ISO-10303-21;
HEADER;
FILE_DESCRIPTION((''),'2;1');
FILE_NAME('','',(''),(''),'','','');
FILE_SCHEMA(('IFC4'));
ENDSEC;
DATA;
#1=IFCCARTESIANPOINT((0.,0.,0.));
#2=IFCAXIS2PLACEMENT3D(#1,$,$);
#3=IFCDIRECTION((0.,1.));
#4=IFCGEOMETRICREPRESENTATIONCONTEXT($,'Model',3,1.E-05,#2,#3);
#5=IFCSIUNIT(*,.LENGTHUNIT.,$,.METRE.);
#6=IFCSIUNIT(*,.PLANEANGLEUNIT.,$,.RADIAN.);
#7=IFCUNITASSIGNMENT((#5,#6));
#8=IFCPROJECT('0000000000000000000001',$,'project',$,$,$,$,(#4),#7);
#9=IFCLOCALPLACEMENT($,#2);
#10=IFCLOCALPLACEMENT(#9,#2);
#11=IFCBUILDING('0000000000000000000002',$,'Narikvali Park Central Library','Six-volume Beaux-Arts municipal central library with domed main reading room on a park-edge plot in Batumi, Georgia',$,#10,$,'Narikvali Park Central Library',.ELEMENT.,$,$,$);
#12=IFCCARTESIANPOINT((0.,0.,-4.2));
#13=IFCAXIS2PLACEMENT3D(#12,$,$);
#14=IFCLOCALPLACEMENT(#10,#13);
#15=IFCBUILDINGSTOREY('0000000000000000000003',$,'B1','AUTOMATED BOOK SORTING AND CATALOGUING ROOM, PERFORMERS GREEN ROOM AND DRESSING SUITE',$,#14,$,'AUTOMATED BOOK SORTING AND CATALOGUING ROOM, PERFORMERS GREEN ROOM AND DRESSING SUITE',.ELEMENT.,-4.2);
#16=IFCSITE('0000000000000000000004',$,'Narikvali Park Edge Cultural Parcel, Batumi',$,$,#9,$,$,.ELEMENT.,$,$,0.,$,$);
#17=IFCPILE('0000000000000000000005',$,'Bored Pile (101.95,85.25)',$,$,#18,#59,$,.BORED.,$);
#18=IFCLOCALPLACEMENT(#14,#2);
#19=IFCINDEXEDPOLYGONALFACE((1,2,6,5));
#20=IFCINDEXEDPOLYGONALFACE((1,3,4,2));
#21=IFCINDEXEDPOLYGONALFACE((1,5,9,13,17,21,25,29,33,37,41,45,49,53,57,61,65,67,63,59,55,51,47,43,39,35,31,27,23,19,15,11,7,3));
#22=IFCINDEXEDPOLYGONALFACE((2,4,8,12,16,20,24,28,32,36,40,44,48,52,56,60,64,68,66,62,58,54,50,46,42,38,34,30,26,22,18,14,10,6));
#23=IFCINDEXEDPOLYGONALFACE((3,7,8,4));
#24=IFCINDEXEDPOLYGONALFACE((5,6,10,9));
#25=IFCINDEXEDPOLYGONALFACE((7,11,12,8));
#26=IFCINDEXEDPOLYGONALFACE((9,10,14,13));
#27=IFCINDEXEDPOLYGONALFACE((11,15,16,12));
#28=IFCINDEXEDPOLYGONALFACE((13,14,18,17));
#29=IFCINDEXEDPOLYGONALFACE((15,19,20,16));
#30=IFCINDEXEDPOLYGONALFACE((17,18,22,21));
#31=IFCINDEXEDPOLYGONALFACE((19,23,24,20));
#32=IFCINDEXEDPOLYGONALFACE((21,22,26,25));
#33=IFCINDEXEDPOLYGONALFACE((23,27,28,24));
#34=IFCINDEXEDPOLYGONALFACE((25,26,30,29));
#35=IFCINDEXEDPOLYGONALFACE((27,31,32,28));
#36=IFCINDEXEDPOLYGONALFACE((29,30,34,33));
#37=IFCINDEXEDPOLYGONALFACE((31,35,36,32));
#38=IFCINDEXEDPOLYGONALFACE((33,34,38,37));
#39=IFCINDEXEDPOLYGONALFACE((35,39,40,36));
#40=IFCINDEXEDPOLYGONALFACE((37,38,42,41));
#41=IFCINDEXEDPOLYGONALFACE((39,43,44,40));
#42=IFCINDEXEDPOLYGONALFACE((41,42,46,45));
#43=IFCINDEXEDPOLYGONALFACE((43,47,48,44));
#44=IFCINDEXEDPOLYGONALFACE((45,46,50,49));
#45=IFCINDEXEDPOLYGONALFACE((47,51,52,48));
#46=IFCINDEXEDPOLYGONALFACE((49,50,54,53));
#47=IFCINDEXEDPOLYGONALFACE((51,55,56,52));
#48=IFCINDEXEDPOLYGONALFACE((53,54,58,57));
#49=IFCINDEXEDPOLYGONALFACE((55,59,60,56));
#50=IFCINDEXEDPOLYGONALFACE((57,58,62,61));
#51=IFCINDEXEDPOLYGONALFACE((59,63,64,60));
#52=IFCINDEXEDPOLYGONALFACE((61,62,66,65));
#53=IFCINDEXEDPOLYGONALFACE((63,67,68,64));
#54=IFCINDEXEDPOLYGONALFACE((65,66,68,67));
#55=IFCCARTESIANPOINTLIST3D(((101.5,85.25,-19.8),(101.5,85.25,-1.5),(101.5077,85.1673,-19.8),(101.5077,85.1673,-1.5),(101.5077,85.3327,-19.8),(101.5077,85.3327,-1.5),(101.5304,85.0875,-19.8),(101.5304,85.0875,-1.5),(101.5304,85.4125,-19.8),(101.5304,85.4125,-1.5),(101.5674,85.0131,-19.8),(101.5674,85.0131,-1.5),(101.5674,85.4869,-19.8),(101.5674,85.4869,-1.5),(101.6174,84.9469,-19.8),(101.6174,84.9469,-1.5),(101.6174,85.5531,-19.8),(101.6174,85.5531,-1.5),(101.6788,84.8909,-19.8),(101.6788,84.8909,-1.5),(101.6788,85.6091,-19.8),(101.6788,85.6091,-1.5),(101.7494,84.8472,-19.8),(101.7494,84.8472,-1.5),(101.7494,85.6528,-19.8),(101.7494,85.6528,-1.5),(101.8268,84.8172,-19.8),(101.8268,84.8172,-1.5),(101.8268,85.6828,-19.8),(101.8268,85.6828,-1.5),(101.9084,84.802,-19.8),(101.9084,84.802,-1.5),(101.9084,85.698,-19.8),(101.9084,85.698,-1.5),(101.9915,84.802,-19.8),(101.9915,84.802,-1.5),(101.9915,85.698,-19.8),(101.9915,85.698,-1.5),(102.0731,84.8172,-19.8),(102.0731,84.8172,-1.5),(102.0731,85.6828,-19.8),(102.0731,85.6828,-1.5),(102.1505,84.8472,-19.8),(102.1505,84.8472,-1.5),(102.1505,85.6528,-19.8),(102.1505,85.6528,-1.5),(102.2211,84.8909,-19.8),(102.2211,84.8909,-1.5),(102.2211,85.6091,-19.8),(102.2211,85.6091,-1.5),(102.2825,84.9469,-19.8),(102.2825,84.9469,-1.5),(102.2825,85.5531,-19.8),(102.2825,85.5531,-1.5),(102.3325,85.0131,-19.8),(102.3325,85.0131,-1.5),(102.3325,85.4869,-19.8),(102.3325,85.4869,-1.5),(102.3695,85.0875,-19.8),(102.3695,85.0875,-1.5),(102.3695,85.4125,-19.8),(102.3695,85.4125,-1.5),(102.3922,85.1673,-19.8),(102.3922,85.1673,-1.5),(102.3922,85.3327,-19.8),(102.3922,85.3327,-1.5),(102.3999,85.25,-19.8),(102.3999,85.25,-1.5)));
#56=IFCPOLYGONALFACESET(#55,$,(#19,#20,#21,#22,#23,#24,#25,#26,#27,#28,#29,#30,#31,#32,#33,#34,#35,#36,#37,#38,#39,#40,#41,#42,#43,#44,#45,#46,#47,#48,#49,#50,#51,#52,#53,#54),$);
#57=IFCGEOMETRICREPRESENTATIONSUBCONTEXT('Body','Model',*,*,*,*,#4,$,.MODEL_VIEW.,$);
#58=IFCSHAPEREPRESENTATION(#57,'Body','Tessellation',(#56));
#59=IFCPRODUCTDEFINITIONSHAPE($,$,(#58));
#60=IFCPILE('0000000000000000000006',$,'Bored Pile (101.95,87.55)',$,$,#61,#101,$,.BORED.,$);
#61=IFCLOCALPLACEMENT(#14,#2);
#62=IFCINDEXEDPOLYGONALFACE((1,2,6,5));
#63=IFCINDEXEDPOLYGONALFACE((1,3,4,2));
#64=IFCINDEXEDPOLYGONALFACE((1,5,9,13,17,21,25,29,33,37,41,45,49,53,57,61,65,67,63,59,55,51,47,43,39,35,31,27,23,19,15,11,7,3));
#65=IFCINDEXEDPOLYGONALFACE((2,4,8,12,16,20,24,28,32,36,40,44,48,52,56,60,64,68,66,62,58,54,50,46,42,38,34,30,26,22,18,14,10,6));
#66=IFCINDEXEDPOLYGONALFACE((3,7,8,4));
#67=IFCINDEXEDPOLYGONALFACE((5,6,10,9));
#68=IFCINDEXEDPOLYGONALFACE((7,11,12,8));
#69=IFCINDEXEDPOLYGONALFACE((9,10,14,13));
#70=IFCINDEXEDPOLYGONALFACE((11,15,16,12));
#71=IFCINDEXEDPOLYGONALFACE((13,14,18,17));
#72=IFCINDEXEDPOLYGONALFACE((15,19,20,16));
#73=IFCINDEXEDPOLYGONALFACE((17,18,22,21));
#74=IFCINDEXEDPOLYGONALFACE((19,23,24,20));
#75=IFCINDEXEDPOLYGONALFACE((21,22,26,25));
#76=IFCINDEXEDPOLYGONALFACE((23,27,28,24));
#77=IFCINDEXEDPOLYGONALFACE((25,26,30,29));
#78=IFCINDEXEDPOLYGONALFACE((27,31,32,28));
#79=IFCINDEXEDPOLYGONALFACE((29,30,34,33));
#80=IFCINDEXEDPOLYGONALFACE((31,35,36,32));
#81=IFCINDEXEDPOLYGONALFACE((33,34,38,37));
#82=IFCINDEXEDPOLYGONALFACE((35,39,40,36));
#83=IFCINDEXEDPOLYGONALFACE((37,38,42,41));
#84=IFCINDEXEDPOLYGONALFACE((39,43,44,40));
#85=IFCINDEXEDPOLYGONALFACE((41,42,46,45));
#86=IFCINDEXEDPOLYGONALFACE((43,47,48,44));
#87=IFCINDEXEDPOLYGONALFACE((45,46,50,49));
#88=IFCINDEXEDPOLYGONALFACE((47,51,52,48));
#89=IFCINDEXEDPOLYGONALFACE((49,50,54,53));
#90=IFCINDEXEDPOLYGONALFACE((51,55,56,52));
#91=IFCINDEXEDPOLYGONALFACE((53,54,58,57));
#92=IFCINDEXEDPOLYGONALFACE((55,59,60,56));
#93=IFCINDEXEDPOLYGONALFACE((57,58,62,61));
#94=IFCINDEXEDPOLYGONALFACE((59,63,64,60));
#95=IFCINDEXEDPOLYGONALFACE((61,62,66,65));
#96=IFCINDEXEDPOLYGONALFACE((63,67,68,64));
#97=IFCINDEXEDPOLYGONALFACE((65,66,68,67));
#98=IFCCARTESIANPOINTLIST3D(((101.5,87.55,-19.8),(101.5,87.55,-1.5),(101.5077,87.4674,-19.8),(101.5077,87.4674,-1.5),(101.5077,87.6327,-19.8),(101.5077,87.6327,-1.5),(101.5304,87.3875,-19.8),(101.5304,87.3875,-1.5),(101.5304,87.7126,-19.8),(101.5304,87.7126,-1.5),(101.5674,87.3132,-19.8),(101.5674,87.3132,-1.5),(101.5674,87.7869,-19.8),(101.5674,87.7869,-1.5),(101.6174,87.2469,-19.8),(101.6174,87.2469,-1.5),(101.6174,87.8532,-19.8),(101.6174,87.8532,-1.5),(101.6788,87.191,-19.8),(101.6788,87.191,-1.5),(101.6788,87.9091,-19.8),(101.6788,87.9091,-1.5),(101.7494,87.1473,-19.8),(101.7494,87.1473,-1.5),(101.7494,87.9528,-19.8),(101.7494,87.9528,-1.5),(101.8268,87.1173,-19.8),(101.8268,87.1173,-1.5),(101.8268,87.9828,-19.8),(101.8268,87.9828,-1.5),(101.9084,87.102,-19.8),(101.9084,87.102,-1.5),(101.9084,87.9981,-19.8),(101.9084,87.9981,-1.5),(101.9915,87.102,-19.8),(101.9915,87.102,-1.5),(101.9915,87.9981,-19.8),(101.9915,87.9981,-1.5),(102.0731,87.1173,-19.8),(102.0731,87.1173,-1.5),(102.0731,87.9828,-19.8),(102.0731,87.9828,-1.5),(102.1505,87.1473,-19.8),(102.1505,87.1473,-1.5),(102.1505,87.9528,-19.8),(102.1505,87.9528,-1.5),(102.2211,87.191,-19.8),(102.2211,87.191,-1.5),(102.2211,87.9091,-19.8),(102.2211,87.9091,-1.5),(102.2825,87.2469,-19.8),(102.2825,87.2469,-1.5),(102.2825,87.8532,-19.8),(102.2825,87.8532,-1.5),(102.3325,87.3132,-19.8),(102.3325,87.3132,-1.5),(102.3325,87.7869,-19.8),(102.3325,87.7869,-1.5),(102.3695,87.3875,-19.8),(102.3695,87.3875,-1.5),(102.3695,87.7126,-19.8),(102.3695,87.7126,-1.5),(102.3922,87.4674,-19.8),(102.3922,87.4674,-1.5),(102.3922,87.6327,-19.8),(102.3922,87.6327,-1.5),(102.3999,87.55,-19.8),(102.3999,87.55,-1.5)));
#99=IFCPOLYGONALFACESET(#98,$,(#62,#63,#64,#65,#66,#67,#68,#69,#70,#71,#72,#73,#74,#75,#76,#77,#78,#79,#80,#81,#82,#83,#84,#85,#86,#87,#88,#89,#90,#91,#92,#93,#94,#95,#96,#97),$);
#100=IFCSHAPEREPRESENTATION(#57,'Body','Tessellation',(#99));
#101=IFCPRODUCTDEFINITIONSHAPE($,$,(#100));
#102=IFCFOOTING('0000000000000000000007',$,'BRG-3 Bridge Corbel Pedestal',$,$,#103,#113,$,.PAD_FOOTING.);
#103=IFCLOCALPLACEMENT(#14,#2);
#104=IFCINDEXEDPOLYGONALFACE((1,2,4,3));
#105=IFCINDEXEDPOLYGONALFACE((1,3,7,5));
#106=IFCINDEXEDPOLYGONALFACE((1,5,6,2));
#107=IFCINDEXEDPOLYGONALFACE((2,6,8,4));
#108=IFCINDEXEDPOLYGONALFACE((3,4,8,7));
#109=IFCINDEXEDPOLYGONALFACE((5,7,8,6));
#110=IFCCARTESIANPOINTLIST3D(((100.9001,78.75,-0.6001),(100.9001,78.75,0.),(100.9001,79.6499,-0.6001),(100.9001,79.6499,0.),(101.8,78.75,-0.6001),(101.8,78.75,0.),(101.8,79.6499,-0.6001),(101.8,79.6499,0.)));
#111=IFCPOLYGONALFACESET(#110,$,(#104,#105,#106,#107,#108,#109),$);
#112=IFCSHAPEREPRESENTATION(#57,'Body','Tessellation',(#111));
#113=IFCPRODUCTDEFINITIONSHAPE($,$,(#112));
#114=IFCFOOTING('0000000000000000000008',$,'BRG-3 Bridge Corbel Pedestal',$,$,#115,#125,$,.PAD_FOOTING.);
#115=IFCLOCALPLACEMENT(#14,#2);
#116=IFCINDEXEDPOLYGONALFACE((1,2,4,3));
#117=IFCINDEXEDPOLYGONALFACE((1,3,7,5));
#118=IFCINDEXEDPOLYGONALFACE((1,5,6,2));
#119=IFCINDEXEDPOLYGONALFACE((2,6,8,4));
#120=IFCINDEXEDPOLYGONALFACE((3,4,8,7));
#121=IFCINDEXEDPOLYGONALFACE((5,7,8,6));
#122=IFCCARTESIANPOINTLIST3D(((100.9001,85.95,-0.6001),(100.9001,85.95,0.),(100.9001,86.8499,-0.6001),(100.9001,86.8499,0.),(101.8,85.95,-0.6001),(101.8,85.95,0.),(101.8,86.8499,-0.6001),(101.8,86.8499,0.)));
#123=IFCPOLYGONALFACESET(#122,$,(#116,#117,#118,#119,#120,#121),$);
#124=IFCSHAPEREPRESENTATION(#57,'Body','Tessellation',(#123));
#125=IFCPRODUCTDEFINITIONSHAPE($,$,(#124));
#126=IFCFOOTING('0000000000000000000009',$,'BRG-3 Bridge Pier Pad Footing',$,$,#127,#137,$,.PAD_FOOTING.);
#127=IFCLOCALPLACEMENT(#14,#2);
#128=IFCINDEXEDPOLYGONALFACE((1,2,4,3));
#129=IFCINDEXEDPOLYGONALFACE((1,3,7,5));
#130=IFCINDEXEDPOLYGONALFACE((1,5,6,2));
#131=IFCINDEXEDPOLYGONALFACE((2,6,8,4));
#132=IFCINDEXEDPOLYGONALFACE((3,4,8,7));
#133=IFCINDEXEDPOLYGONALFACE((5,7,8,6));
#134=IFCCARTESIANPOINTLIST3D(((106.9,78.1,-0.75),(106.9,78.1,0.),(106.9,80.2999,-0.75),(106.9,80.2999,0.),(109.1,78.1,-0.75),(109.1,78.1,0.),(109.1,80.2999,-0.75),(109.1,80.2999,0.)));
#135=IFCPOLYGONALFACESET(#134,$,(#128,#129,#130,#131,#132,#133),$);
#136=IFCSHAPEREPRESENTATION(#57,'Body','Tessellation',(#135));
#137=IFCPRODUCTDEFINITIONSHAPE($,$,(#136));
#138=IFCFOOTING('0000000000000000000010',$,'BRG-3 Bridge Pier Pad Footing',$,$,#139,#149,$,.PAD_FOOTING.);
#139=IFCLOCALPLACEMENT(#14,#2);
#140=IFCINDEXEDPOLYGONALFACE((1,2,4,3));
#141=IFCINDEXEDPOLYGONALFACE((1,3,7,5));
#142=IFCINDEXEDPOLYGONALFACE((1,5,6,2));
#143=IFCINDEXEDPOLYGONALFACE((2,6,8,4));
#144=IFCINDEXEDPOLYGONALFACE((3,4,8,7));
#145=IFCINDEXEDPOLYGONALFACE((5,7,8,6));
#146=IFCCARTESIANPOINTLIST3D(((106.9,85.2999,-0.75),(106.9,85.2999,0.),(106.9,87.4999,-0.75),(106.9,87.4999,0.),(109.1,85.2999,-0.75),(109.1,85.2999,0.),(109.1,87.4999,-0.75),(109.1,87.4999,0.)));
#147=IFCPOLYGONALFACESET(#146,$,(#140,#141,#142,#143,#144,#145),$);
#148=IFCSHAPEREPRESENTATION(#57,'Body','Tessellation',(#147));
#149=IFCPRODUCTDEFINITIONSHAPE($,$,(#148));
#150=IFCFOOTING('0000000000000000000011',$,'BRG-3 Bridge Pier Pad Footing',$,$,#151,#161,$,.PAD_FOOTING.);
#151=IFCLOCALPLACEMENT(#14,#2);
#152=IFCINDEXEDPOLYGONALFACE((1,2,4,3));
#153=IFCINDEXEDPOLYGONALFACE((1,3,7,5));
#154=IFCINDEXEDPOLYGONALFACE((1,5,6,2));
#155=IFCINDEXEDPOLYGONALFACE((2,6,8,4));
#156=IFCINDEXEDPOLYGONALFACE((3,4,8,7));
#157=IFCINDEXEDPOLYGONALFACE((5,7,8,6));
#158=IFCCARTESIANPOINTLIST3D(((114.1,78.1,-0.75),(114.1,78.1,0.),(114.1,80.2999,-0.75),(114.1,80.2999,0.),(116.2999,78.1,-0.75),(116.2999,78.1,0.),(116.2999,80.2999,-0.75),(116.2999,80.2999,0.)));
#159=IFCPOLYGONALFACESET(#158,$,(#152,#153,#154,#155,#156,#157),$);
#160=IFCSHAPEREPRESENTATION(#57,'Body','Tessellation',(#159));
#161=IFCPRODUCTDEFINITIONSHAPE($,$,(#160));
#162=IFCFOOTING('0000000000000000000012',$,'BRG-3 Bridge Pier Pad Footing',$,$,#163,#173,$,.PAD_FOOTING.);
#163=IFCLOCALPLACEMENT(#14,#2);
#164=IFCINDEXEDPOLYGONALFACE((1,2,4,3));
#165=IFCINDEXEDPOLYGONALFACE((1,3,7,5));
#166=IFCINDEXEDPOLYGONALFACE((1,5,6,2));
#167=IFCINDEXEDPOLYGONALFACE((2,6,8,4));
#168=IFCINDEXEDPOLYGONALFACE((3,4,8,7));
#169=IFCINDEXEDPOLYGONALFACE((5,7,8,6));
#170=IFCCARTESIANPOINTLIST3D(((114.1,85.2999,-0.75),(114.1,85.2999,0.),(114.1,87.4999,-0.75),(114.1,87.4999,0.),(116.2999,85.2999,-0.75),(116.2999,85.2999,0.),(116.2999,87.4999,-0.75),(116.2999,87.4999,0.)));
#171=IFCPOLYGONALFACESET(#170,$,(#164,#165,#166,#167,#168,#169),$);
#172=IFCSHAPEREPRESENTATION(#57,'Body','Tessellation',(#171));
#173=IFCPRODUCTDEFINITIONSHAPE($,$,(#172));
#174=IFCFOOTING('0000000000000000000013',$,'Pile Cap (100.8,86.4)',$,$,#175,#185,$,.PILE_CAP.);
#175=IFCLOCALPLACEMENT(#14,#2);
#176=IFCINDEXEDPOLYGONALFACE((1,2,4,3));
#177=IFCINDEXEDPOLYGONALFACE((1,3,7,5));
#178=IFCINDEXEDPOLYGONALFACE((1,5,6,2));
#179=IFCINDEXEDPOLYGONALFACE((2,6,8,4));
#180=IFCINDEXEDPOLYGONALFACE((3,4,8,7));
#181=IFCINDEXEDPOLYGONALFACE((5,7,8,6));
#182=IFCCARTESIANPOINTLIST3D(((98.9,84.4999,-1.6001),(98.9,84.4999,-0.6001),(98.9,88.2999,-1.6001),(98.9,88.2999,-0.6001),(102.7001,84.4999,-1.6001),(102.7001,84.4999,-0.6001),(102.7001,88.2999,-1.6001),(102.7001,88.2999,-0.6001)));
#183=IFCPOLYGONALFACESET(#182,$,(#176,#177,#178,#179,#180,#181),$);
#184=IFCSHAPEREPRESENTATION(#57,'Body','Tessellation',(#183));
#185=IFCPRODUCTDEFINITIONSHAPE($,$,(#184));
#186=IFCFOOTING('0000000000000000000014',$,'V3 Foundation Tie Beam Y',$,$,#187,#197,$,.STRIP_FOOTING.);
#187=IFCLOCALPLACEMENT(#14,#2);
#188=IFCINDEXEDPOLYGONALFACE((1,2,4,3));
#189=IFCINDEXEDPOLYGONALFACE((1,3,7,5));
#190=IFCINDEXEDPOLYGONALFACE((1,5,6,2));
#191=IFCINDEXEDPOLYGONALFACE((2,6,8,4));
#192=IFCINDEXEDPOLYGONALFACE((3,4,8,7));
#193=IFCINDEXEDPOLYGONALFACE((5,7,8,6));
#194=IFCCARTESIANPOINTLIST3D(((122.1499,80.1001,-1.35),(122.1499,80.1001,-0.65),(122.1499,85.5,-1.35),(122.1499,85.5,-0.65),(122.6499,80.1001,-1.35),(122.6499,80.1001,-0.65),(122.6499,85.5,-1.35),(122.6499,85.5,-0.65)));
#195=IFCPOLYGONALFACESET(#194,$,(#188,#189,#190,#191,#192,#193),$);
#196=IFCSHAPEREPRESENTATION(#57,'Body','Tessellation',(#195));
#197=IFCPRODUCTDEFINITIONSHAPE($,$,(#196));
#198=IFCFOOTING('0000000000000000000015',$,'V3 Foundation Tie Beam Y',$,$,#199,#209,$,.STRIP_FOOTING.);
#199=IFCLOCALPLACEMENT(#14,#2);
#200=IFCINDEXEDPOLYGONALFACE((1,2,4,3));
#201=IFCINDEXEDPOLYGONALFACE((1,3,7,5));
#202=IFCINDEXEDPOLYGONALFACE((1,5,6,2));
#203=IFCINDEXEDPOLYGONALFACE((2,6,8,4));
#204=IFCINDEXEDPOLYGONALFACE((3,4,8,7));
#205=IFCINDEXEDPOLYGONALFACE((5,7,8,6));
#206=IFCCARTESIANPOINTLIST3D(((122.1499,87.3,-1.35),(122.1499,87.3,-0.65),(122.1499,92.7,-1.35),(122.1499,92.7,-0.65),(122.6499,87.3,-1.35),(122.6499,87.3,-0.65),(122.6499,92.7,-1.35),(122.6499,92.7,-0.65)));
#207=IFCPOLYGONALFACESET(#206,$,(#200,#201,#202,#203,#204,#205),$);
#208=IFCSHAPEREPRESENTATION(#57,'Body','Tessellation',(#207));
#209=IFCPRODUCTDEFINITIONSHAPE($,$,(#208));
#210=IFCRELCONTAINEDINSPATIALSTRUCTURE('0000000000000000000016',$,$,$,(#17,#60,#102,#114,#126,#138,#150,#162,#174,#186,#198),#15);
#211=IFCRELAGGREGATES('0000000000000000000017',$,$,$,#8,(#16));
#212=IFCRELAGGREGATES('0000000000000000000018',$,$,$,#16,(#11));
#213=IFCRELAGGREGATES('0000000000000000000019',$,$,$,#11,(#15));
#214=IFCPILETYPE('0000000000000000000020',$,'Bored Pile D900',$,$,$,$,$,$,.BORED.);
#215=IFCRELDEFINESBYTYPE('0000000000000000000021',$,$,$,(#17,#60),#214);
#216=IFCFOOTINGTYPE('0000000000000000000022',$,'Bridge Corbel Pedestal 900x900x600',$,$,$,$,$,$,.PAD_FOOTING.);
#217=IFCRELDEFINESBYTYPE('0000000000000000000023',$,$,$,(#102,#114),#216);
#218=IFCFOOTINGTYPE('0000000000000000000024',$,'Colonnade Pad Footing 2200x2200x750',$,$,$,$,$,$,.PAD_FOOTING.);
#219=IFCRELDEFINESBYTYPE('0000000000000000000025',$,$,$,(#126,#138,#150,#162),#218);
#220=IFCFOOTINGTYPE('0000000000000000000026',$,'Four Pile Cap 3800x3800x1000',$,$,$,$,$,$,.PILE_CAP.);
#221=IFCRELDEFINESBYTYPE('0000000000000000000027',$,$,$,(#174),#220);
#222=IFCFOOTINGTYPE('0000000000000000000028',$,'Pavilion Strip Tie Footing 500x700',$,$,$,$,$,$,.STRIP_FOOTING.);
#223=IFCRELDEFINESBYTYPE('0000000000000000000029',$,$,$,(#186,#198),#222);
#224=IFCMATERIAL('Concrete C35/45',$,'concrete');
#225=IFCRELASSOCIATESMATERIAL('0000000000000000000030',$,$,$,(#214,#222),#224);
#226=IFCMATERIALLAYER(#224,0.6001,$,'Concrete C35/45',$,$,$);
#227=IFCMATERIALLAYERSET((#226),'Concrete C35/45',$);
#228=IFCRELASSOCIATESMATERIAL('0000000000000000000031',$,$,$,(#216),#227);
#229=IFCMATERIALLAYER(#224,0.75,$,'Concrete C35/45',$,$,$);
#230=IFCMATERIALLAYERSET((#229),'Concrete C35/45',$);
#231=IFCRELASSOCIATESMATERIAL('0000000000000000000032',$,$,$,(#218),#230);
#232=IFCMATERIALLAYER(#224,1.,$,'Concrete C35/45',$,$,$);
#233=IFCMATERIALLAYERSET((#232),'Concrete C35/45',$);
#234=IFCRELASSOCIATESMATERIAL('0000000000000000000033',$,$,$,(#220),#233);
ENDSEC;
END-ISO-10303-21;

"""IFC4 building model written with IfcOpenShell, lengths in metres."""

from ifc_helpers import new_model, si_unit, direction, frame, origin, origin_2d, place, context, subcontext, project, spatial, rectangle, circle, extrude, material, layer, layer_set, material_profile, profile_set, type_object, element, save


model = new_model("IFC4")

# Units and contexts
model_context = context("Model", 3, precision=1e-05, world=origin(), true_north=direction((0.0, 1.0)))
body_context = subcontext(model_context, "Body", "Model", "MODEL_VIEW")
ifc_project = project(units=[si_unit("LENGTHUNIT", "METRE"), si_unit("PLANEANGLEUNIT", "RADIAN")], contexts=[model_context])

# Site, building, storey
site_placement = place(None, origin())
site = spatial("IfcSite", under=ifc_project, at=site_placement, Name="Narikvali Park Edge Cultural Parcel, Batumi", CompositionType="ELEMENT", RefElevation=0.0)
building_placement = place(site_placement, origin())
building = spatial("IfcBuilding", under=site, at=building_placement, Name="Narikvali Park Central Library", Description="Six-volume Beaux-Arts municipal central library with domed main reading room on a park-edge plot in Batumi, Georgia", LongName="Narikvali Park Central Library", CompositionType="ELEMENT")
storey_placement = place(building_placement, frame((0.0, 0.0, -4.2)))
storey = spatial("IfcBuildingStorey", under=building, at=storey_placement, Name="B1", Description="AUTOMATED BOOK SORTING AND CATALOGUING ROOM, PERFORMERS GREEN ROOM AND DRESSING SUITE", LongName="AUTOMATED BOOK SORTING AND CATALOGUING ROOM, PERFORMERS GREEN ROOM AND DRESSING SUITE", CompositionType="ELEMENT", Elevation=-4.2)

# Piles
ifc_material_1 = material(Name="Concrete C35/45", Category="concrete")
ifc_material_profile_1 = material_profile(ifc_material_1, circle(Radius=0.45, at=origin_2d()), Name="PILE D900")
ifc_profile_set_1 = profile_set([ifc_material_profile_1], Name="Concrete C35/45")
pile_type_1 = type_object("IfcPileType", Name="Bored Pile D900", PredefinedType="BORED", material=ifc_profile_set_1)
for number, where, z_axis, x_axis, name in (
    (1, (101.95, 85.25, -1.5), (0.0, 0.0, -1.0), (1.0, 0.0, 0.0), "Bored Pile (101.95,85.25)"),
    (2, (101.95, 87.55, -1.5), (0.0, 0.0, -1.0), (1.0, 0.0, 0.0), "Bored Pile (101.95,87.55)"),
):
    element("IfcPile", number, at=place(storey_placement, frame(where, z_axis=z_axis, x_axis=x_axis)), inside=storey, type_object=pile_type_1, Name=name, PredefinedType="BORED", context=body_context, shape_type="SweptSolid", body=[
        extrude(circle(Radius=0.45, at=origin_2d()), origin(), (0.0, 0.0, 1.0), 18.3),
    ])

# Footings
ifc_layer_1 = layer(ifc_material_1, 0.6001, Name="Concrete C35/45")
ifc_layer_set_1 = layer_set([ifc_layer_1], Name="Concrete C35/45")
footing_type_1 = type_object("IfcFootingType", Name="Bridge Corbel Pedestal 900x900x600", PredefinedType="PAD_FOOTING", material=ifc_layer_set_1)
for number, where, z_axis, x_axis, name in (
    (3, (101.3501, 79.2, -0.6001), (0.0, 0.0, 1.0), (1.0, 0.0, 0.0), "BRG-3 Bridge Corbel Pedestal"),
    (4, (101.3501, 86.3999, -0.6001), (0.0, 0.0, 1.0), (1.0, 0.0, 0.0), "BRG-3 Bridge Corbel Pedestal"),
):
    element("IfcFooting", number, at=place(storey_placement, frame(where, z_axis=z_axis, x_axis=x_axis)), inside=storey, type_object=footing_type_1, Name=name, PredefinedType="PAD_FOOTING", context=body_context, shape_type="SweptSolid", body=[
        extrude(rectangle(XDim=0.8999, YDim=0.8999, at=origin_2d()), origin(), (0.0, 0.0, 1.0), 0.6001),
    ])
ifc_layer_2 = layer(ifc_material_1, 0.75, Name="Concrete C35/45")
ifc_layer_set_2 = layer_set([ifc_layer_2], Name="Concrete C35/45")
footing_type_2 = type_object("IfcFootingType", Name="Colonnade Pad Footing 2200x2200x750", PredefinedType="PAD_FOOTING", material=ifc_layer_set_2)
for number, where, z_axis, x_axis, name in (
    (5, (108.0, 79.2, -0.75), (0.0, 0.0, 1.0), (1.0, 0.0, 0.0), "BRG-3 Bridge Pier Pad Footing"),
    (6, (108.0, 86.3999, -0.75), (0.0, 0.0, 1.0), (1.0, 0.0, 0.0), "BRG-3 Bridge Pier Pad Footing"),
    (7, (115.2, 79.2, -0.75), (0.0, 0.0, 1.0), (1.0, 0.0, 0.0), "BRG-3 Bridge Pier Pad Footing"),
    (8, (115.2, 86.3999, -0.75), (0.0, 0.0, 1.0), (1.0, 0.0, 0.0), "BRG-3 Bridge Pier Pad Footing"),
):
    element("IfcFooting", number, at=place(storey_placement, frame(where, z_axis=z_axis, x_axis=x_axis)), inside=storey, type_object=footing_type_2, Name=name, PredefinedType="PAD_FOOTING", context=body_context, shape_type="SweptSolid", body=[
        extrude(rectangle(XDim=2.2, YDim=2.2, at=origin_2d()), origin(), (0.0, 0.0, 1.0), 0.75),
    ])
ifc_layer_3 = layer(ifc_material_1, 1.0, Name="Concrete C35/45")
ifc_layer_set_3 = layer_set([ifc_layer_3], Name="Concrete C35/45")
footing_type_3 = type_object("IfcFootingType", Name="Four Pile Cap 3800x3800x1000", PredefinedType="PILE_CAP", material=ifc_layer_set_3)
footing_placement = place(storey_placement, frame((100.8, 86.3999, -1.6001), z_axis=(0.0, 0.0, 1.0), x_axis=(1.0, 0.0, 0.0)))
element("IfcFooting", 9, at=footing_placement, inside=storey, type_object=footing_type_3, Name="Pile Cap (100.8,86.4)", PredefinedType="PILE_CAP", context=body_context, shape_type="SweptSolid", body=[
    extrude(rectangle(XDim=3.8, YDim=3.8, at=origin_2d()), origin(), (0.0, 0.0, 1.0), 1.0),
])
ifc_material_profile_2 = material_profile(ifc_material_1, rectangle(XDim=0.5, YDim=0.7, at=origin_2d()), Name="RC GB 500x700")
ifc_profile_set_2 = profile_set([ifc_material_profile_2], Name="Concrete C35/45")
footing_type_4 = type_object("IfcFootingType", Name="Pavilion Strip Tie Footing 500x700", PredefinedType="STRIP_FOOTING", material=ifc_profile_set_2)
for number, where, z_axis, x_axis, name in (
    (10, (122.3999, 80.1001, -1.0), (0.0, 1.0, 0.0), (-1.0, 0.0, 0.0), "V3 Foundation Tie Beam Y"),
    (11, (122.3999, 87.3, -1.0), (0.0, 1.0, 0.0), (-1.0, 0.0, 0.0), "V3 Foundation Tie Beam Y"),
):
    element("IfcFooting", number, at=place(storey_placement, frame(where, z_axis=z_axis, x_axis=x_axis)), inside=storey, type_object=footing_type_4, Name=name, PredefinedType="STRIP_FOOTING", context=body_context, shape_type="SweptSolid", body=[
        extrude(rectangle(XDim=0.5, YDim=0.7, at=origin_2d()), origin(), (0.0, 0.0, 1.0), 5.3999),
    ])

save(model, "model.ifc")
